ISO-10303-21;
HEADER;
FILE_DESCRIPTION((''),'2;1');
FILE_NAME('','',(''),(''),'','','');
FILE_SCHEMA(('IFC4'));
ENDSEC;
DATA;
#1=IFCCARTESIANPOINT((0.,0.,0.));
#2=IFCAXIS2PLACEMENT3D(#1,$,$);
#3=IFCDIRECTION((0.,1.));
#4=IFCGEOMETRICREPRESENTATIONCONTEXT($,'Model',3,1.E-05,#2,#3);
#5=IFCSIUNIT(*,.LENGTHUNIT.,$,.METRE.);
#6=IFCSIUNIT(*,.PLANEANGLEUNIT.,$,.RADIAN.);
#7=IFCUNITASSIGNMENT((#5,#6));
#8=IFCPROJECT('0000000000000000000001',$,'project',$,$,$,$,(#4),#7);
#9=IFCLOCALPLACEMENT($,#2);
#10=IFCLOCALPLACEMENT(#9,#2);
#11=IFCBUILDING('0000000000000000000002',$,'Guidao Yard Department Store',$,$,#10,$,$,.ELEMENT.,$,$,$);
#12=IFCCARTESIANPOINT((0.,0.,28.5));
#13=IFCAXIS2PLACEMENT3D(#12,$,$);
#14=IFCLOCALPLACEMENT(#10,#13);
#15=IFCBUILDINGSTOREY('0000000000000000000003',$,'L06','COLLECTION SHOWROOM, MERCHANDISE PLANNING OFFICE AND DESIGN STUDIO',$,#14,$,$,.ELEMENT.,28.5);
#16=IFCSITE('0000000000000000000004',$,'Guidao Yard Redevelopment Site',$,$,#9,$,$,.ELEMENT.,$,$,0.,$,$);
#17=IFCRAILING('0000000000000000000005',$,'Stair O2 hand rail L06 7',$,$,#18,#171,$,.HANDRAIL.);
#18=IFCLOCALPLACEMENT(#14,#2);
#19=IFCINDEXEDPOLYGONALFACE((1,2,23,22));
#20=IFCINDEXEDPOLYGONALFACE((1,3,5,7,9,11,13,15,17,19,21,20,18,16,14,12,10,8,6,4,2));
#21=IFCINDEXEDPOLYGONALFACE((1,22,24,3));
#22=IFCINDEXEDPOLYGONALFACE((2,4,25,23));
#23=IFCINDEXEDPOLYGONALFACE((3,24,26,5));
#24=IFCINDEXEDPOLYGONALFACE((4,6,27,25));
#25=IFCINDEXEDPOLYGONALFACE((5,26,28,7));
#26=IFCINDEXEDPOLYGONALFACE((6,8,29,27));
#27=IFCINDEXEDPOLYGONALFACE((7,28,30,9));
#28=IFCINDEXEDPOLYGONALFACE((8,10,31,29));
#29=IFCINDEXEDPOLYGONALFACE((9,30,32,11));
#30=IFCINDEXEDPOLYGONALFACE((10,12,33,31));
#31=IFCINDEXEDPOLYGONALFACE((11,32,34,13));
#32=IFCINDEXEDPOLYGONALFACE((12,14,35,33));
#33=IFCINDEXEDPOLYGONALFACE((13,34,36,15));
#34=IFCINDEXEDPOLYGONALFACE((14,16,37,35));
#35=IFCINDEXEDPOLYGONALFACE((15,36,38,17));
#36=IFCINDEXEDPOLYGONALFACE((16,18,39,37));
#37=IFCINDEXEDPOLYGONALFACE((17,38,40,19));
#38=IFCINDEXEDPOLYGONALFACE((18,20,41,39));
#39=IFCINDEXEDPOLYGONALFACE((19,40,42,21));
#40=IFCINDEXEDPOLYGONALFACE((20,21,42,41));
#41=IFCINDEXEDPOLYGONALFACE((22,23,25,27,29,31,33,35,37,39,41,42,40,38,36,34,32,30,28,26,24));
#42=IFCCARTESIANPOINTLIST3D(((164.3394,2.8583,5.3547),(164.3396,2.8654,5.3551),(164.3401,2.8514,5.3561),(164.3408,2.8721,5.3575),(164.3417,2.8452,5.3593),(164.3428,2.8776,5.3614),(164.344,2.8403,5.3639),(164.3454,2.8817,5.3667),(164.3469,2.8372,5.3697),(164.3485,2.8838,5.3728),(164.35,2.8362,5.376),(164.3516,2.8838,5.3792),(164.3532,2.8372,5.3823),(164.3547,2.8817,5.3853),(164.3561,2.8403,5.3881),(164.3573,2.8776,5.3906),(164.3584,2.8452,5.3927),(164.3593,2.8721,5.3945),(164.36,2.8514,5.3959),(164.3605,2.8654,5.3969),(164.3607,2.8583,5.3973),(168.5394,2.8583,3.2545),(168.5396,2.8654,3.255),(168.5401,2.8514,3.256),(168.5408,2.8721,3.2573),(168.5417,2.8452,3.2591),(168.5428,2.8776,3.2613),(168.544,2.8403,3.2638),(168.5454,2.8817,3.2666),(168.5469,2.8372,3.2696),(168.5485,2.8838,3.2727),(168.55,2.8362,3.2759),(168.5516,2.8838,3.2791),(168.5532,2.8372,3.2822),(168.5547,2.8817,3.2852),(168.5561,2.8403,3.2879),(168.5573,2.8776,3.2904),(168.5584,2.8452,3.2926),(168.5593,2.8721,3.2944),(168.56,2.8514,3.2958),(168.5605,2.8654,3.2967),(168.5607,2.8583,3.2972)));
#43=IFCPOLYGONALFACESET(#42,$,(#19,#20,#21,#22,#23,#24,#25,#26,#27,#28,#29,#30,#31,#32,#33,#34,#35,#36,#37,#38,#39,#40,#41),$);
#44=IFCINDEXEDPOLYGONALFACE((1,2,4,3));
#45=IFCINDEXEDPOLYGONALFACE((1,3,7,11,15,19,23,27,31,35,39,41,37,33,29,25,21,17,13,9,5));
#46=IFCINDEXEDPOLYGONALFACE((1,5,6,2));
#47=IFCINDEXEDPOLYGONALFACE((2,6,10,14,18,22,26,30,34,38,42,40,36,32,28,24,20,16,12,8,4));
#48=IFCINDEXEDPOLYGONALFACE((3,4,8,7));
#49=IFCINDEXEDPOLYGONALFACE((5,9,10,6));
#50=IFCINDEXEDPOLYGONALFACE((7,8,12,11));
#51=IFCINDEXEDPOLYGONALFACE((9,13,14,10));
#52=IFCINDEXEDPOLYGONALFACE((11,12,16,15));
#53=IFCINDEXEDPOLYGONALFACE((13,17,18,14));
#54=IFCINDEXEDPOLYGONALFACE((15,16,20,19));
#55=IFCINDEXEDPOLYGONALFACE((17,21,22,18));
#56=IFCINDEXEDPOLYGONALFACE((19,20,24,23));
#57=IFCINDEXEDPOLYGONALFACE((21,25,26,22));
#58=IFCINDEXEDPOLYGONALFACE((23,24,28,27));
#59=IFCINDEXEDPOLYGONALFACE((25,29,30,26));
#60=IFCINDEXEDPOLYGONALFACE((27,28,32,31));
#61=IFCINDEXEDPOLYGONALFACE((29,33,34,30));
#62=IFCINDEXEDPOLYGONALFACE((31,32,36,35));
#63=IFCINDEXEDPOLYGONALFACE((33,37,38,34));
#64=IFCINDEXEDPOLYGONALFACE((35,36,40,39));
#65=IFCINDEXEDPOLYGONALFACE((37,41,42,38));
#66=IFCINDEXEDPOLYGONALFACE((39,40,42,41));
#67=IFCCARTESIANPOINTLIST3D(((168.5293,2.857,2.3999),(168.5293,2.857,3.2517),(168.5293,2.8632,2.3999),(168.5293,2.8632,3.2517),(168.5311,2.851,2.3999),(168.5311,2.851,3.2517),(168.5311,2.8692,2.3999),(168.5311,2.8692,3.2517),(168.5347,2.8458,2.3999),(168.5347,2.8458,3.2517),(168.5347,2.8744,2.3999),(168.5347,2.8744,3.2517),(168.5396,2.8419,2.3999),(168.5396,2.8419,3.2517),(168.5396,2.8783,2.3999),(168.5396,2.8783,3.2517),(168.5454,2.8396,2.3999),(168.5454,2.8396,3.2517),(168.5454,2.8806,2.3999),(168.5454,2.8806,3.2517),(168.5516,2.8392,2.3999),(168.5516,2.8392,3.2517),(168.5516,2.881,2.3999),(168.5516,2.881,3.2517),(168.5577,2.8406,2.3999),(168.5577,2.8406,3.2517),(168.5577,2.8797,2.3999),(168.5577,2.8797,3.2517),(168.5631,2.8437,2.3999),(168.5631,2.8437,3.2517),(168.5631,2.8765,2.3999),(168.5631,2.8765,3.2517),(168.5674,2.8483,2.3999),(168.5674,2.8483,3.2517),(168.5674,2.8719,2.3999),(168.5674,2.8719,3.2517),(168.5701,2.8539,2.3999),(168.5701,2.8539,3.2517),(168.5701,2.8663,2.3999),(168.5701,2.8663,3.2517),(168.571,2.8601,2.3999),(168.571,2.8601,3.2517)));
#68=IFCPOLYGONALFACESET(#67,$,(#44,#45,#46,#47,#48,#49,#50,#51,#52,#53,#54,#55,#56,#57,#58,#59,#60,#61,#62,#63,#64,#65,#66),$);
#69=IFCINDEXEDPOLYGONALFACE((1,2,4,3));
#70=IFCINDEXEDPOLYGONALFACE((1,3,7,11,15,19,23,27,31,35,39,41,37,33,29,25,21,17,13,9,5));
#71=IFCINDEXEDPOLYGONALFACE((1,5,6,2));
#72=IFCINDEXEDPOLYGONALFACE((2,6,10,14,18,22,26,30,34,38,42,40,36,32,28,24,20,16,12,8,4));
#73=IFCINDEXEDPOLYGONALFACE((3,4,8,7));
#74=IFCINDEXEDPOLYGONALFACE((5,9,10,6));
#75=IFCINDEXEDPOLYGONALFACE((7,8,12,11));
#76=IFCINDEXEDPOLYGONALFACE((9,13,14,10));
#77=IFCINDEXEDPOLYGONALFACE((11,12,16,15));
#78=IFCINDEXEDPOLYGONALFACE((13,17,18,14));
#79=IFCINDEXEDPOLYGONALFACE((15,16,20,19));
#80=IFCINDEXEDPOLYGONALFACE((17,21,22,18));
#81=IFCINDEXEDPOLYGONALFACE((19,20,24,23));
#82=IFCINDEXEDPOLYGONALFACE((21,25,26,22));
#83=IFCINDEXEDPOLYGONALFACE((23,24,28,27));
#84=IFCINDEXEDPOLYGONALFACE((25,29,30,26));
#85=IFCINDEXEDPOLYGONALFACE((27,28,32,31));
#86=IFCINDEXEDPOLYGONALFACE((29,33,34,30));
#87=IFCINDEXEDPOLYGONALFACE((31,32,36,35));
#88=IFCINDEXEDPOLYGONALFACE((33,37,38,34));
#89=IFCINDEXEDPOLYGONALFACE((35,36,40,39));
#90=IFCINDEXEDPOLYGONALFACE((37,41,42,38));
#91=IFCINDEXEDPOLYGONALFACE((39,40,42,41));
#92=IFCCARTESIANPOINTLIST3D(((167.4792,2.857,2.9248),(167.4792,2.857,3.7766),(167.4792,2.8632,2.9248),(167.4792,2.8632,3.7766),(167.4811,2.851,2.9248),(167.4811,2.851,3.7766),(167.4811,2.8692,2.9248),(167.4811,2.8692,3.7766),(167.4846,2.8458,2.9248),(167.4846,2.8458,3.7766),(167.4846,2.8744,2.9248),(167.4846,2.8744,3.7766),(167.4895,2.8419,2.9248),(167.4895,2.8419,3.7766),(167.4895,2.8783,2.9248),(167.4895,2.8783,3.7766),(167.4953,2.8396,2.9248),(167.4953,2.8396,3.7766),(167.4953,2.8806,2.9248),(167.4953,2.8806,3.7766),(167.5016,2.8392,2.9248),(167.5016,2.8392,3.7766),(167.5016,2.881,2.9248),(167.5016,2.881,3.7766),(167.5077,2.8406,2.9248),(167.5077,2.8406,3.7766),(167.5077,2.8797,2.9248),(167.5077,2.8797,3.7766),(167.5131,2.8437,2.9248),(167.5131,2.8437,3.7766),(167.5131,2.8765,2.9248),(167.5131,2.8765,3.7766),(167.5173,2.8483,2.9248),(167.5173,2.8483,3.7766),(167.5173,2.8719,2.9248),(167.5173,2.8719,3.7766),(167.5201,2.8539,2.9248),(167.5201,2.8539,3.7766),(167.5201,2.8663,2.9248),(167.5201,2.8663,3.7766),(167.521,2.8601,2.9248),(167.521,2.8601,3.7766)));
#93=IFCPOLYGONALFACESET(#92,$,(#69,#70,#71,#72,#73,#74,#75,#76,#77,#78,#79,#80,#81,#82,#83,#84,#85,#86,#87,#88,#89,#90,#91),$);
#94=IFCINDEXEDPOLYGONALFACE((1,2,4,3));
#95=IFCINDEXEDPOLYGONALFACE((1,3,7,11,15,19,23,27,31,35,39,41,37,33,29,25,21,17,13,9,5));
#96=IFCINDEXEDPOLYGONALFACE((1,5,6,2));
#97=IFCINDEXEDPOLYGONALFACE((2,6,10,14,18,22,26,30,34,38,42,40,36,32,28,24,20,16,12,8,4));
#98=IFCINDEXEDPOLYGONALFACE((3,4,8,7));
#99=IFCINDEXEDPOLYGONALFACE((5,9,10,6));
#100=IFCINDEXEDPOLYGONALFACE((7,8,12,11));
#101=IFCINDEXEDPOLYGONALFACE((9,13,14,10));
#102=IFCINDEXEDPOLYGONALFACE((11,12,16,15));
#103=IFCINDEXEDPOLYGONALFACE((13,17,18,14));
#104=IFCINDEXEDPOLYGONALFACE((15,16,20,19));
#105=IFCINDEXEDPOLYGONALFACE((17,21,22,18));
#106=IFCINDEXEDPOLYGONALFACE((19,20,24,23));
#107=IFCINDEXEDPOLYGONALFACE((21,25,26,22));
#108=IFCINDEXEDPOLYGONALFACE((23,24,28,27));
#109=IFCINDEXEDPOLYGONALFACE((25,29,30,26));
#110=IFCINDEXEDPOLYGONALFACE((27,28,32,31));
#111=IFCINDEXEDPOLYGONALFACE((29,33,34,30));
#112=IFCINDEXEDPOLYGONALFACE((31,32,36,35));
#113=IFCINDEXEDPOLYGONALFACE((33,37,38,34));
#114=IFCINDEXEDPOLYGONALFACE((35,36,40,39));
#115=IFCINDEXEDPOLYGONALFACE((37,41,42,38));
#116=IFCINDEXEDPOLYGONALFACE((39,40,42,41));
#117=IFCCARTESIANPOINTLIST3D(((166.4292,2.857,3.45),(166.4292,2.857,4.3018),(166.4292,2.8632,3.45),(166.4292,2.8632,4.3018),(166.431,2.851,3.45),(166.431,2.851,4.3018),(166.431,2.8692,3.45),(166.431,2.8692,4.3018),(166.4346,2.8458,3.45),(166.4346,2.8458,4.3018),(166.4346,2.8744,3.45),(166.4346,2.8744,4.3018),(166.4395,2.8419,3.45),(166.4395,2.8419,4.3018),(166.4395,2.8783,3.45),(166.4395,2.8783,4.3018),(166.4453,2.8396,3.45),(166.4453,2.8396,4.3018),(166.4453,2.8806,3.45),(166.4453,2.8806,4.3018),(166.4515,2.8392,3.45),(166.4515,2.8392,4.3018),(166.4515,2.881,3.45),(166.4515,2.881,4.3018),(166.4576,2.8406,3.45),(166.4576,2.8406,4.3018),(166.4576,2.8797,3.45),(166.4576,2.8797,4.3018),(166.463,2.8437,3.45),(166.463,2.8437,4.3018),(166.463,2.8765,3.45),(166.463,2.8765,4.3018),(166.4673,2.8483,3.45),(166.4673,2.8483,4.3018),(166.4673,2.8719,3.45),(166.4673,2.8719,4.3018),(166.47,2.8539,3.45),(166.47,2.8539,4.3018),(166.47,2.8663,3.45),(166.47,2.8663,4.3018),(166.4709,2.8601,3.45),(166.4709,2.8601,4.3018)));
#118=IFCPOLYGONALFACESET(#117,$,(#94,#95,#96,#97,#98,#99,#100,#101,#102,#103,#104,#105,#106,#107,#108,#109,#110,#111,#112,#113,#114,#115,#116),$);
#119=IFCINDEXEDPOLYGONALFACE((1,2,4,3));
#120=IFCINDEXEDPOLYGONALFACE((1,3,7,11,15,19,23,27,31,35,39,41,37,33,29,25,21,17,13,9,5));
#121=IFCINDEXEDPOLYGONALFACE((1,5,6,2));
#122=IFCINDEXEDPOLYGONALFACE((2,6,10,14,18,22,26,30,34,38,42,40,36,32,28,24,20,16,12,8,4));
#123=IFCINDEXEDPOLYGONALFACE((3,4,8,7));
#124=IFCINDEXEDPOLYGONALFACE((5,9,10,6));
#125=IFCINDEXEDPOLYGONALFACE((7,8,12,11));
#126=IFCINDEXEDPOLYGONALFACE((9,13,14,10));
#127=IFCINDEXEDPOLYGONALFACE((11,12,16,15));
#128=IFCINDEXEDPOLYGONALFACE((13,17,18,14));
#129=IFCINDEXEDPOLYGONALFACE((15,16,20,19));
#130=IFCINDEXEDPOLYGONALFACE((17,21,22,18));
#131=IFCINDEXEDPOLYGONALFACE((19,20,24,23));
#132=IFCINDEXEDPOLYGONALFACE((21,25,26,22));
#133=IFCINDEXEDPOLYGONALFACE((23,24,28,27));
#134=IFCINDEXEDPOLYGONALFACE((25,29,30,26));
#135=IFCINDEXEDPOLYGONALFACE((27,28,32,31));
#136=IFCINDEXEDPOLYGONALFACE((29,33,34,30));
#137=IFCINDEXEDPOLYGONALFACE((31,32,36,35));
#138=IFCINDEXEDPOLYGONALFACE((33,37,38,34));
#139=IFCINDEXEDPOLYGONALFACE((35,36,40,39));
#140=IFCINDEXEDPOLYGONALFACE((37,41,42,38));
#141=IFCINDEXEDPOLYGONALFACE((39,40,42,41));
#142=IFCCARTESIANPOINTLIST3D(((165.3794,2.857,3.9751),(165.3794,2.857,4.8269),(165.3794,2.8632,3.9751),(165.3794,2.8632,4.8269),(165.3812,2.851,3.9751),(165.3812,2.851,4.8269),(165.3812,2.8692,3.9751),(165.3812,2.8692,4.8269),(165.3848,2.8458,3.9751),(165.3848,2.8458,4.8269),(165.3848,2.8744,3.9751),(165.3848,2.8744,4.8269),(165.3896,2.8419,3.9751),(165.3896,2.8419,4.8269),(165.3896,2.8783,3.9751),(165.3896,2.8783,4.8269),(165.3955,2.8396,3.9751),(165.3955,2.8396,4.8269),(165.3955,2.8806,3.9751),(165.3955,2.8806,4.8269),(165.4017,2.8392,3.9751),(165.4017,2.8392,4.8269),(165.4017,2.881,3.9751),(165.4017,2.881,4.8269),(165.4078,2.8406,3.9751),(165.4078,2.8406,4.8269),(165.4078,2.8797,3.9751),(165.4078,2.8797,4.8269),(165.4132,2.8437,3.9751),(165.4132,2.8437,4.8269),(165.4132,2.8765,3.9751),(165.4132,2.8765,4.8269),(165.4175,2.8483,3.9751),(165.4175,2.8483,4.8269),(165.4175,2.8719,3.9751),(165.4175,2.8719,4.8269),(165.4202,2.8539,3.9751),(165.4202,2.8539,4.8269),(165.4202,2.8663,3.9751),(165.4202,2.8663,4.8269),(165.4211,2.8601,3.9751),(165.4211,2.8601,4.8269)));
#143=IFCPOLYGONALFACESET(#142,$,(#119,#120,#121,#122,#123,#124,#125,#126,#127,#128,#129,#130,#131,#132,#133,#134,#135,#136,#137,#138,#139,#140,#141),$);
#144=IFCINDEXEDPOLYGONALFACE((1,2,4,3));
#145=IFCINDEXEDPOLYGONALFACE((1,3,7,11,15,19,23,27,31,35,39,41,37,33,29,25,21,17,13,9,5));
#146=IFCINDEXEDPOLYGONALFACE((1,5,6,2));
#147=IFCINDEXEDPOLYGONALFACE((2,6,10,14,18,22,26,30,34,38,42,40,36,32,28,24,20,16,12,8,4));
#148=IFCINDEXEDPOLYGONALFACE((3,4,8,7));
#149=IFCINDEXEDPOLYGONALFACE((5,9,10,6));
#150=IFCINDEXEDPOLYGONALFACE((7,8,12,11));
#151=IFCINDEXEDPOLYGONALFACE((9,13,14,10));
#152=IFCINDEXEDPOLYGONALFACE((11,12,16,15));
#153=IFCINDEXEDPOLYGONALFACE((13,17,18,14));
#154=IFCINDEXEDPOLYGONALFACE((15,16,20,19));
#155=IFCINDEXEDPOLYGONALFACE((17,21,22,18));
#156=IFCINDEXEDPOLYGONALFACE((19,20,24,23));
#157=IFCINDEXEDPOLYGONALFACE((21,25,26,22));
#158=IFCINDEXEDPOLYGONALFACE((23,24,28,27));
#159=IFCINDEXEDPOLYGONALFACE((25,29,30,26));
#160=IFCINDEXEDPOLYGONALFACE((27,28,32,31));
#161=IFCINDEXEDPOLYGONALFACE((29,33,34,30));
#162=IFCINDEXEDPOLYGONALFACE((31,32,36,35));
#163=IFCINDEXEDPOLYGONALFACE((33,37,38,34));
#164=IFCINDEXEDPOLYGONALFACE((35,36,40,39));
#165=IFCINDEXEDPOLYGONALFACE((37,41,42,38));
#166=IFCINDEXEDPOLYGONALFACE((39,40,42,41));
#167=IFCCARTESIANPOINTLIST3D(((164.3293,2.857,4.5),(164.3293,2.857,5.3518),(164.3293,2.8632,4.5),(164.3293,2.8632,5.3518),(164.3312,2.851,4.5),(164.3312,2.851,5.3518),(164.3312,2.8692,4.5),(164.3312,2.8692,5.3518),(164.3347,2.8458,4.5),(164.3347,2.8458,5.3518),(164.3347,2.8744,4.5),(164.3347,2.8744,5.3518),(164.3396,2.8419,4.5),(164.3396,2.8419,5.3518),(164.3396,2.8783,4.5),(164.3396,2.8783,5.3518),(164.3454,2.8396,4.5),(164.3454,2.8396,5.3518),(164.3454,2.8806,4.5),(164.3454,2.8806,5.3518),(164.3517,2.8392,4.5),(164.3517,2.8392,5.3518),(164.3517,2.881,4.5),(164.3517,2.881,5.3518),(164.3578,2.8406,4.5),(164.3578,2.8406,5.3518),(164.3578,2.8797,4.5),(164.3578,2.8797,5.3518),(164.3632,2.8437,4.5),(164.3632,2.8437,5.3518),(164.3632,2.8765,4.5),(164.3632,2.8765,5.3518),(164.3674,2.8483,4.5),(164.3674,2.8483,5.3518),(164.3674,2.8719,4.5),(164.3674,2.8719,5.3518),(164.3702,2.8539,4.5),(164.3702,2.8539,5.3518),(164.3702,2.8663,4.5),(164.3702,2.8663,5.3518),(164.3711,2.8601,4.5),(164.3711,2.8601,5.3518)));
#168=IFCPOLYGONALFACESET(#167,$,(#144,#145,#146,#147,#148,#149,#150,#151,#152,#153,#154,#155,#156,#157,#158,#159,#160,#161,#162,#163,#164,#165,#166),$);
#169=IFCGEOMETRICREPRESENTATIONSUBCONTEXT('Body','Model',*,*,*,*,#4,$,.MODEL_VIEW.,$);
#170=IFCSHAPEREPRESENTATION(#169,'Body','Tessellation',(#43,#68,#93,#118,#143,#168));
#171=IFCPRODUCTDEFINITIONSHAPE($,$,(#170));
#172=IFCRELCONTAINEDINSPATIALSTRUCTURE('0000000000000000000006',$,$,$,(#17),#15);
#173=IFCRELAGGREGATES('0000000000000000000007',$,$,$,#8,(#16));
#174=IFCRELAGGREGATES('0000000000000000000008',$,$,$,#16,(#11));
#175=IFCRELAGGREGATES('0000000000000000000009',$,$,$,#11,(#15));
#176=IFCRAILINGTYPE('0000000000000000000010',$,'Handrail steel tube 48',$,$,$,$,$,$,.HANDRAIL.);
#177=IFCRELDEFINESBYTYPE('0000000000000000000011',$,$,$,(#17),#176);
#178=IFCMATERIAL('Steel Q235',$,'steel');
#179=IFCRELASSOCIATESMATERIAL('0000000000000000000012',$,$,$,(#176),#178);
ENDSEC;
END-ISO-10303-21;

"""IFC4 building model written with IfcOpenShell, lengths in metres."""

from ifc_helpers import new_model, si_unit, direction, frame, origin, origin_2d, place, context, subcontext, project, spatial, circle, extrude, material, type_object, element, save


model = new_model("IFC4")

# Units and contexts
model_context = context("Model", 3, precision=1e-05, world=origin(), true_north=direction((0.0, 1.0)))
body_context = subcontext(model_context, "Body", "Model", "MODEL_VIEW")
ifc_project = project(units=[si_unit("LENGTHUNIT", "METRE"), si_unit("PLANEANGLEUNIT", "RADIAN")], contexts=[model_context])

# Site, building, storey
site_placement = place(None, origin())
site = spatial("IfcSite", under=ifc_project, at=site_placement, Name="Guidao Yard Redevelopment Site", CompositionType="ELEMENT", RefElevation=0.0)
building_placement = place(site_placement, origin())
building = spatial("IfcBuilding", under=site, at=building_placement, Name="Guidao Yard Department Store", CompositionType="ELEMENT")
storey_placement = place(building_placement, frame((0.0, 0.0, 28.5)))
storey = spatial("IfcBuildingStorey", under=building, at=storey_placement, Name="L06", Description="COLLECTION SHOWROOM, MERCHANDISE PLANNING OFFICE AND DESIGN STUDIO", CompositionType="ELEMENT", Elevation=28.5)

# Railing
ifc_material_1 = material(Name="Steel Q235", Category="steel")
railing_type_1 = type_object("IfcRailingType", Name="Handrail steel tube 48", PredefinedType="HANDRAIL", material=ifc_material_1)
for number, where, name in (
    (1, (168.55, 2.8601, 2.3999), "Stair O2 hand rail L06 7"),
):
    element("IfcRailing", number, at=place(storey_placement, frame(where)), inside=storey, type_object=railing_type_1, Name=name, PredefinedType="HANDRAIL", context=body_context, shape_type="SweptSolid", body=[
        extrude(circle(Radius=0.0239, at=origin_2d()), frame((0.0, 0.0, 0.876), z_axis=(-0.894417, 0.0, 0.447234), x_axis=(0.0, -1.0, 0.0)), (0.0, 0.0, 1.0), 4.6958),
        extrude(circle(Radius=0.021, at=origin_2d()), origin(), (0.0, 0.0, 1.0), 0.8518),
        extrude(circle(Radius=0.021, at=origin_2d()), frame((-1.05, 0.0, 0.5249)), (0.0, 0.0, 1.0), 0.8518),
        extrude(circle(Radius=0.021, at=origin_2d()), frame((-2.1001, 0.0, 1.05)), (0.0, 0.0, 1.0), 0.8518),
        extrude(circle(Radius=0.021, at=origin_2d()), frame((-3.1499, 0.0, 1.5752)), (0.0, 0.0, 1.0), 0.8518),
        extrude(circle(Radius=0.021, at=origin_2d()), frame((-4.2, 0.0, 2.1001)), (0.0, 0.0, 1.0), 0.8518),
    ])

save(model, "model.ifc")
